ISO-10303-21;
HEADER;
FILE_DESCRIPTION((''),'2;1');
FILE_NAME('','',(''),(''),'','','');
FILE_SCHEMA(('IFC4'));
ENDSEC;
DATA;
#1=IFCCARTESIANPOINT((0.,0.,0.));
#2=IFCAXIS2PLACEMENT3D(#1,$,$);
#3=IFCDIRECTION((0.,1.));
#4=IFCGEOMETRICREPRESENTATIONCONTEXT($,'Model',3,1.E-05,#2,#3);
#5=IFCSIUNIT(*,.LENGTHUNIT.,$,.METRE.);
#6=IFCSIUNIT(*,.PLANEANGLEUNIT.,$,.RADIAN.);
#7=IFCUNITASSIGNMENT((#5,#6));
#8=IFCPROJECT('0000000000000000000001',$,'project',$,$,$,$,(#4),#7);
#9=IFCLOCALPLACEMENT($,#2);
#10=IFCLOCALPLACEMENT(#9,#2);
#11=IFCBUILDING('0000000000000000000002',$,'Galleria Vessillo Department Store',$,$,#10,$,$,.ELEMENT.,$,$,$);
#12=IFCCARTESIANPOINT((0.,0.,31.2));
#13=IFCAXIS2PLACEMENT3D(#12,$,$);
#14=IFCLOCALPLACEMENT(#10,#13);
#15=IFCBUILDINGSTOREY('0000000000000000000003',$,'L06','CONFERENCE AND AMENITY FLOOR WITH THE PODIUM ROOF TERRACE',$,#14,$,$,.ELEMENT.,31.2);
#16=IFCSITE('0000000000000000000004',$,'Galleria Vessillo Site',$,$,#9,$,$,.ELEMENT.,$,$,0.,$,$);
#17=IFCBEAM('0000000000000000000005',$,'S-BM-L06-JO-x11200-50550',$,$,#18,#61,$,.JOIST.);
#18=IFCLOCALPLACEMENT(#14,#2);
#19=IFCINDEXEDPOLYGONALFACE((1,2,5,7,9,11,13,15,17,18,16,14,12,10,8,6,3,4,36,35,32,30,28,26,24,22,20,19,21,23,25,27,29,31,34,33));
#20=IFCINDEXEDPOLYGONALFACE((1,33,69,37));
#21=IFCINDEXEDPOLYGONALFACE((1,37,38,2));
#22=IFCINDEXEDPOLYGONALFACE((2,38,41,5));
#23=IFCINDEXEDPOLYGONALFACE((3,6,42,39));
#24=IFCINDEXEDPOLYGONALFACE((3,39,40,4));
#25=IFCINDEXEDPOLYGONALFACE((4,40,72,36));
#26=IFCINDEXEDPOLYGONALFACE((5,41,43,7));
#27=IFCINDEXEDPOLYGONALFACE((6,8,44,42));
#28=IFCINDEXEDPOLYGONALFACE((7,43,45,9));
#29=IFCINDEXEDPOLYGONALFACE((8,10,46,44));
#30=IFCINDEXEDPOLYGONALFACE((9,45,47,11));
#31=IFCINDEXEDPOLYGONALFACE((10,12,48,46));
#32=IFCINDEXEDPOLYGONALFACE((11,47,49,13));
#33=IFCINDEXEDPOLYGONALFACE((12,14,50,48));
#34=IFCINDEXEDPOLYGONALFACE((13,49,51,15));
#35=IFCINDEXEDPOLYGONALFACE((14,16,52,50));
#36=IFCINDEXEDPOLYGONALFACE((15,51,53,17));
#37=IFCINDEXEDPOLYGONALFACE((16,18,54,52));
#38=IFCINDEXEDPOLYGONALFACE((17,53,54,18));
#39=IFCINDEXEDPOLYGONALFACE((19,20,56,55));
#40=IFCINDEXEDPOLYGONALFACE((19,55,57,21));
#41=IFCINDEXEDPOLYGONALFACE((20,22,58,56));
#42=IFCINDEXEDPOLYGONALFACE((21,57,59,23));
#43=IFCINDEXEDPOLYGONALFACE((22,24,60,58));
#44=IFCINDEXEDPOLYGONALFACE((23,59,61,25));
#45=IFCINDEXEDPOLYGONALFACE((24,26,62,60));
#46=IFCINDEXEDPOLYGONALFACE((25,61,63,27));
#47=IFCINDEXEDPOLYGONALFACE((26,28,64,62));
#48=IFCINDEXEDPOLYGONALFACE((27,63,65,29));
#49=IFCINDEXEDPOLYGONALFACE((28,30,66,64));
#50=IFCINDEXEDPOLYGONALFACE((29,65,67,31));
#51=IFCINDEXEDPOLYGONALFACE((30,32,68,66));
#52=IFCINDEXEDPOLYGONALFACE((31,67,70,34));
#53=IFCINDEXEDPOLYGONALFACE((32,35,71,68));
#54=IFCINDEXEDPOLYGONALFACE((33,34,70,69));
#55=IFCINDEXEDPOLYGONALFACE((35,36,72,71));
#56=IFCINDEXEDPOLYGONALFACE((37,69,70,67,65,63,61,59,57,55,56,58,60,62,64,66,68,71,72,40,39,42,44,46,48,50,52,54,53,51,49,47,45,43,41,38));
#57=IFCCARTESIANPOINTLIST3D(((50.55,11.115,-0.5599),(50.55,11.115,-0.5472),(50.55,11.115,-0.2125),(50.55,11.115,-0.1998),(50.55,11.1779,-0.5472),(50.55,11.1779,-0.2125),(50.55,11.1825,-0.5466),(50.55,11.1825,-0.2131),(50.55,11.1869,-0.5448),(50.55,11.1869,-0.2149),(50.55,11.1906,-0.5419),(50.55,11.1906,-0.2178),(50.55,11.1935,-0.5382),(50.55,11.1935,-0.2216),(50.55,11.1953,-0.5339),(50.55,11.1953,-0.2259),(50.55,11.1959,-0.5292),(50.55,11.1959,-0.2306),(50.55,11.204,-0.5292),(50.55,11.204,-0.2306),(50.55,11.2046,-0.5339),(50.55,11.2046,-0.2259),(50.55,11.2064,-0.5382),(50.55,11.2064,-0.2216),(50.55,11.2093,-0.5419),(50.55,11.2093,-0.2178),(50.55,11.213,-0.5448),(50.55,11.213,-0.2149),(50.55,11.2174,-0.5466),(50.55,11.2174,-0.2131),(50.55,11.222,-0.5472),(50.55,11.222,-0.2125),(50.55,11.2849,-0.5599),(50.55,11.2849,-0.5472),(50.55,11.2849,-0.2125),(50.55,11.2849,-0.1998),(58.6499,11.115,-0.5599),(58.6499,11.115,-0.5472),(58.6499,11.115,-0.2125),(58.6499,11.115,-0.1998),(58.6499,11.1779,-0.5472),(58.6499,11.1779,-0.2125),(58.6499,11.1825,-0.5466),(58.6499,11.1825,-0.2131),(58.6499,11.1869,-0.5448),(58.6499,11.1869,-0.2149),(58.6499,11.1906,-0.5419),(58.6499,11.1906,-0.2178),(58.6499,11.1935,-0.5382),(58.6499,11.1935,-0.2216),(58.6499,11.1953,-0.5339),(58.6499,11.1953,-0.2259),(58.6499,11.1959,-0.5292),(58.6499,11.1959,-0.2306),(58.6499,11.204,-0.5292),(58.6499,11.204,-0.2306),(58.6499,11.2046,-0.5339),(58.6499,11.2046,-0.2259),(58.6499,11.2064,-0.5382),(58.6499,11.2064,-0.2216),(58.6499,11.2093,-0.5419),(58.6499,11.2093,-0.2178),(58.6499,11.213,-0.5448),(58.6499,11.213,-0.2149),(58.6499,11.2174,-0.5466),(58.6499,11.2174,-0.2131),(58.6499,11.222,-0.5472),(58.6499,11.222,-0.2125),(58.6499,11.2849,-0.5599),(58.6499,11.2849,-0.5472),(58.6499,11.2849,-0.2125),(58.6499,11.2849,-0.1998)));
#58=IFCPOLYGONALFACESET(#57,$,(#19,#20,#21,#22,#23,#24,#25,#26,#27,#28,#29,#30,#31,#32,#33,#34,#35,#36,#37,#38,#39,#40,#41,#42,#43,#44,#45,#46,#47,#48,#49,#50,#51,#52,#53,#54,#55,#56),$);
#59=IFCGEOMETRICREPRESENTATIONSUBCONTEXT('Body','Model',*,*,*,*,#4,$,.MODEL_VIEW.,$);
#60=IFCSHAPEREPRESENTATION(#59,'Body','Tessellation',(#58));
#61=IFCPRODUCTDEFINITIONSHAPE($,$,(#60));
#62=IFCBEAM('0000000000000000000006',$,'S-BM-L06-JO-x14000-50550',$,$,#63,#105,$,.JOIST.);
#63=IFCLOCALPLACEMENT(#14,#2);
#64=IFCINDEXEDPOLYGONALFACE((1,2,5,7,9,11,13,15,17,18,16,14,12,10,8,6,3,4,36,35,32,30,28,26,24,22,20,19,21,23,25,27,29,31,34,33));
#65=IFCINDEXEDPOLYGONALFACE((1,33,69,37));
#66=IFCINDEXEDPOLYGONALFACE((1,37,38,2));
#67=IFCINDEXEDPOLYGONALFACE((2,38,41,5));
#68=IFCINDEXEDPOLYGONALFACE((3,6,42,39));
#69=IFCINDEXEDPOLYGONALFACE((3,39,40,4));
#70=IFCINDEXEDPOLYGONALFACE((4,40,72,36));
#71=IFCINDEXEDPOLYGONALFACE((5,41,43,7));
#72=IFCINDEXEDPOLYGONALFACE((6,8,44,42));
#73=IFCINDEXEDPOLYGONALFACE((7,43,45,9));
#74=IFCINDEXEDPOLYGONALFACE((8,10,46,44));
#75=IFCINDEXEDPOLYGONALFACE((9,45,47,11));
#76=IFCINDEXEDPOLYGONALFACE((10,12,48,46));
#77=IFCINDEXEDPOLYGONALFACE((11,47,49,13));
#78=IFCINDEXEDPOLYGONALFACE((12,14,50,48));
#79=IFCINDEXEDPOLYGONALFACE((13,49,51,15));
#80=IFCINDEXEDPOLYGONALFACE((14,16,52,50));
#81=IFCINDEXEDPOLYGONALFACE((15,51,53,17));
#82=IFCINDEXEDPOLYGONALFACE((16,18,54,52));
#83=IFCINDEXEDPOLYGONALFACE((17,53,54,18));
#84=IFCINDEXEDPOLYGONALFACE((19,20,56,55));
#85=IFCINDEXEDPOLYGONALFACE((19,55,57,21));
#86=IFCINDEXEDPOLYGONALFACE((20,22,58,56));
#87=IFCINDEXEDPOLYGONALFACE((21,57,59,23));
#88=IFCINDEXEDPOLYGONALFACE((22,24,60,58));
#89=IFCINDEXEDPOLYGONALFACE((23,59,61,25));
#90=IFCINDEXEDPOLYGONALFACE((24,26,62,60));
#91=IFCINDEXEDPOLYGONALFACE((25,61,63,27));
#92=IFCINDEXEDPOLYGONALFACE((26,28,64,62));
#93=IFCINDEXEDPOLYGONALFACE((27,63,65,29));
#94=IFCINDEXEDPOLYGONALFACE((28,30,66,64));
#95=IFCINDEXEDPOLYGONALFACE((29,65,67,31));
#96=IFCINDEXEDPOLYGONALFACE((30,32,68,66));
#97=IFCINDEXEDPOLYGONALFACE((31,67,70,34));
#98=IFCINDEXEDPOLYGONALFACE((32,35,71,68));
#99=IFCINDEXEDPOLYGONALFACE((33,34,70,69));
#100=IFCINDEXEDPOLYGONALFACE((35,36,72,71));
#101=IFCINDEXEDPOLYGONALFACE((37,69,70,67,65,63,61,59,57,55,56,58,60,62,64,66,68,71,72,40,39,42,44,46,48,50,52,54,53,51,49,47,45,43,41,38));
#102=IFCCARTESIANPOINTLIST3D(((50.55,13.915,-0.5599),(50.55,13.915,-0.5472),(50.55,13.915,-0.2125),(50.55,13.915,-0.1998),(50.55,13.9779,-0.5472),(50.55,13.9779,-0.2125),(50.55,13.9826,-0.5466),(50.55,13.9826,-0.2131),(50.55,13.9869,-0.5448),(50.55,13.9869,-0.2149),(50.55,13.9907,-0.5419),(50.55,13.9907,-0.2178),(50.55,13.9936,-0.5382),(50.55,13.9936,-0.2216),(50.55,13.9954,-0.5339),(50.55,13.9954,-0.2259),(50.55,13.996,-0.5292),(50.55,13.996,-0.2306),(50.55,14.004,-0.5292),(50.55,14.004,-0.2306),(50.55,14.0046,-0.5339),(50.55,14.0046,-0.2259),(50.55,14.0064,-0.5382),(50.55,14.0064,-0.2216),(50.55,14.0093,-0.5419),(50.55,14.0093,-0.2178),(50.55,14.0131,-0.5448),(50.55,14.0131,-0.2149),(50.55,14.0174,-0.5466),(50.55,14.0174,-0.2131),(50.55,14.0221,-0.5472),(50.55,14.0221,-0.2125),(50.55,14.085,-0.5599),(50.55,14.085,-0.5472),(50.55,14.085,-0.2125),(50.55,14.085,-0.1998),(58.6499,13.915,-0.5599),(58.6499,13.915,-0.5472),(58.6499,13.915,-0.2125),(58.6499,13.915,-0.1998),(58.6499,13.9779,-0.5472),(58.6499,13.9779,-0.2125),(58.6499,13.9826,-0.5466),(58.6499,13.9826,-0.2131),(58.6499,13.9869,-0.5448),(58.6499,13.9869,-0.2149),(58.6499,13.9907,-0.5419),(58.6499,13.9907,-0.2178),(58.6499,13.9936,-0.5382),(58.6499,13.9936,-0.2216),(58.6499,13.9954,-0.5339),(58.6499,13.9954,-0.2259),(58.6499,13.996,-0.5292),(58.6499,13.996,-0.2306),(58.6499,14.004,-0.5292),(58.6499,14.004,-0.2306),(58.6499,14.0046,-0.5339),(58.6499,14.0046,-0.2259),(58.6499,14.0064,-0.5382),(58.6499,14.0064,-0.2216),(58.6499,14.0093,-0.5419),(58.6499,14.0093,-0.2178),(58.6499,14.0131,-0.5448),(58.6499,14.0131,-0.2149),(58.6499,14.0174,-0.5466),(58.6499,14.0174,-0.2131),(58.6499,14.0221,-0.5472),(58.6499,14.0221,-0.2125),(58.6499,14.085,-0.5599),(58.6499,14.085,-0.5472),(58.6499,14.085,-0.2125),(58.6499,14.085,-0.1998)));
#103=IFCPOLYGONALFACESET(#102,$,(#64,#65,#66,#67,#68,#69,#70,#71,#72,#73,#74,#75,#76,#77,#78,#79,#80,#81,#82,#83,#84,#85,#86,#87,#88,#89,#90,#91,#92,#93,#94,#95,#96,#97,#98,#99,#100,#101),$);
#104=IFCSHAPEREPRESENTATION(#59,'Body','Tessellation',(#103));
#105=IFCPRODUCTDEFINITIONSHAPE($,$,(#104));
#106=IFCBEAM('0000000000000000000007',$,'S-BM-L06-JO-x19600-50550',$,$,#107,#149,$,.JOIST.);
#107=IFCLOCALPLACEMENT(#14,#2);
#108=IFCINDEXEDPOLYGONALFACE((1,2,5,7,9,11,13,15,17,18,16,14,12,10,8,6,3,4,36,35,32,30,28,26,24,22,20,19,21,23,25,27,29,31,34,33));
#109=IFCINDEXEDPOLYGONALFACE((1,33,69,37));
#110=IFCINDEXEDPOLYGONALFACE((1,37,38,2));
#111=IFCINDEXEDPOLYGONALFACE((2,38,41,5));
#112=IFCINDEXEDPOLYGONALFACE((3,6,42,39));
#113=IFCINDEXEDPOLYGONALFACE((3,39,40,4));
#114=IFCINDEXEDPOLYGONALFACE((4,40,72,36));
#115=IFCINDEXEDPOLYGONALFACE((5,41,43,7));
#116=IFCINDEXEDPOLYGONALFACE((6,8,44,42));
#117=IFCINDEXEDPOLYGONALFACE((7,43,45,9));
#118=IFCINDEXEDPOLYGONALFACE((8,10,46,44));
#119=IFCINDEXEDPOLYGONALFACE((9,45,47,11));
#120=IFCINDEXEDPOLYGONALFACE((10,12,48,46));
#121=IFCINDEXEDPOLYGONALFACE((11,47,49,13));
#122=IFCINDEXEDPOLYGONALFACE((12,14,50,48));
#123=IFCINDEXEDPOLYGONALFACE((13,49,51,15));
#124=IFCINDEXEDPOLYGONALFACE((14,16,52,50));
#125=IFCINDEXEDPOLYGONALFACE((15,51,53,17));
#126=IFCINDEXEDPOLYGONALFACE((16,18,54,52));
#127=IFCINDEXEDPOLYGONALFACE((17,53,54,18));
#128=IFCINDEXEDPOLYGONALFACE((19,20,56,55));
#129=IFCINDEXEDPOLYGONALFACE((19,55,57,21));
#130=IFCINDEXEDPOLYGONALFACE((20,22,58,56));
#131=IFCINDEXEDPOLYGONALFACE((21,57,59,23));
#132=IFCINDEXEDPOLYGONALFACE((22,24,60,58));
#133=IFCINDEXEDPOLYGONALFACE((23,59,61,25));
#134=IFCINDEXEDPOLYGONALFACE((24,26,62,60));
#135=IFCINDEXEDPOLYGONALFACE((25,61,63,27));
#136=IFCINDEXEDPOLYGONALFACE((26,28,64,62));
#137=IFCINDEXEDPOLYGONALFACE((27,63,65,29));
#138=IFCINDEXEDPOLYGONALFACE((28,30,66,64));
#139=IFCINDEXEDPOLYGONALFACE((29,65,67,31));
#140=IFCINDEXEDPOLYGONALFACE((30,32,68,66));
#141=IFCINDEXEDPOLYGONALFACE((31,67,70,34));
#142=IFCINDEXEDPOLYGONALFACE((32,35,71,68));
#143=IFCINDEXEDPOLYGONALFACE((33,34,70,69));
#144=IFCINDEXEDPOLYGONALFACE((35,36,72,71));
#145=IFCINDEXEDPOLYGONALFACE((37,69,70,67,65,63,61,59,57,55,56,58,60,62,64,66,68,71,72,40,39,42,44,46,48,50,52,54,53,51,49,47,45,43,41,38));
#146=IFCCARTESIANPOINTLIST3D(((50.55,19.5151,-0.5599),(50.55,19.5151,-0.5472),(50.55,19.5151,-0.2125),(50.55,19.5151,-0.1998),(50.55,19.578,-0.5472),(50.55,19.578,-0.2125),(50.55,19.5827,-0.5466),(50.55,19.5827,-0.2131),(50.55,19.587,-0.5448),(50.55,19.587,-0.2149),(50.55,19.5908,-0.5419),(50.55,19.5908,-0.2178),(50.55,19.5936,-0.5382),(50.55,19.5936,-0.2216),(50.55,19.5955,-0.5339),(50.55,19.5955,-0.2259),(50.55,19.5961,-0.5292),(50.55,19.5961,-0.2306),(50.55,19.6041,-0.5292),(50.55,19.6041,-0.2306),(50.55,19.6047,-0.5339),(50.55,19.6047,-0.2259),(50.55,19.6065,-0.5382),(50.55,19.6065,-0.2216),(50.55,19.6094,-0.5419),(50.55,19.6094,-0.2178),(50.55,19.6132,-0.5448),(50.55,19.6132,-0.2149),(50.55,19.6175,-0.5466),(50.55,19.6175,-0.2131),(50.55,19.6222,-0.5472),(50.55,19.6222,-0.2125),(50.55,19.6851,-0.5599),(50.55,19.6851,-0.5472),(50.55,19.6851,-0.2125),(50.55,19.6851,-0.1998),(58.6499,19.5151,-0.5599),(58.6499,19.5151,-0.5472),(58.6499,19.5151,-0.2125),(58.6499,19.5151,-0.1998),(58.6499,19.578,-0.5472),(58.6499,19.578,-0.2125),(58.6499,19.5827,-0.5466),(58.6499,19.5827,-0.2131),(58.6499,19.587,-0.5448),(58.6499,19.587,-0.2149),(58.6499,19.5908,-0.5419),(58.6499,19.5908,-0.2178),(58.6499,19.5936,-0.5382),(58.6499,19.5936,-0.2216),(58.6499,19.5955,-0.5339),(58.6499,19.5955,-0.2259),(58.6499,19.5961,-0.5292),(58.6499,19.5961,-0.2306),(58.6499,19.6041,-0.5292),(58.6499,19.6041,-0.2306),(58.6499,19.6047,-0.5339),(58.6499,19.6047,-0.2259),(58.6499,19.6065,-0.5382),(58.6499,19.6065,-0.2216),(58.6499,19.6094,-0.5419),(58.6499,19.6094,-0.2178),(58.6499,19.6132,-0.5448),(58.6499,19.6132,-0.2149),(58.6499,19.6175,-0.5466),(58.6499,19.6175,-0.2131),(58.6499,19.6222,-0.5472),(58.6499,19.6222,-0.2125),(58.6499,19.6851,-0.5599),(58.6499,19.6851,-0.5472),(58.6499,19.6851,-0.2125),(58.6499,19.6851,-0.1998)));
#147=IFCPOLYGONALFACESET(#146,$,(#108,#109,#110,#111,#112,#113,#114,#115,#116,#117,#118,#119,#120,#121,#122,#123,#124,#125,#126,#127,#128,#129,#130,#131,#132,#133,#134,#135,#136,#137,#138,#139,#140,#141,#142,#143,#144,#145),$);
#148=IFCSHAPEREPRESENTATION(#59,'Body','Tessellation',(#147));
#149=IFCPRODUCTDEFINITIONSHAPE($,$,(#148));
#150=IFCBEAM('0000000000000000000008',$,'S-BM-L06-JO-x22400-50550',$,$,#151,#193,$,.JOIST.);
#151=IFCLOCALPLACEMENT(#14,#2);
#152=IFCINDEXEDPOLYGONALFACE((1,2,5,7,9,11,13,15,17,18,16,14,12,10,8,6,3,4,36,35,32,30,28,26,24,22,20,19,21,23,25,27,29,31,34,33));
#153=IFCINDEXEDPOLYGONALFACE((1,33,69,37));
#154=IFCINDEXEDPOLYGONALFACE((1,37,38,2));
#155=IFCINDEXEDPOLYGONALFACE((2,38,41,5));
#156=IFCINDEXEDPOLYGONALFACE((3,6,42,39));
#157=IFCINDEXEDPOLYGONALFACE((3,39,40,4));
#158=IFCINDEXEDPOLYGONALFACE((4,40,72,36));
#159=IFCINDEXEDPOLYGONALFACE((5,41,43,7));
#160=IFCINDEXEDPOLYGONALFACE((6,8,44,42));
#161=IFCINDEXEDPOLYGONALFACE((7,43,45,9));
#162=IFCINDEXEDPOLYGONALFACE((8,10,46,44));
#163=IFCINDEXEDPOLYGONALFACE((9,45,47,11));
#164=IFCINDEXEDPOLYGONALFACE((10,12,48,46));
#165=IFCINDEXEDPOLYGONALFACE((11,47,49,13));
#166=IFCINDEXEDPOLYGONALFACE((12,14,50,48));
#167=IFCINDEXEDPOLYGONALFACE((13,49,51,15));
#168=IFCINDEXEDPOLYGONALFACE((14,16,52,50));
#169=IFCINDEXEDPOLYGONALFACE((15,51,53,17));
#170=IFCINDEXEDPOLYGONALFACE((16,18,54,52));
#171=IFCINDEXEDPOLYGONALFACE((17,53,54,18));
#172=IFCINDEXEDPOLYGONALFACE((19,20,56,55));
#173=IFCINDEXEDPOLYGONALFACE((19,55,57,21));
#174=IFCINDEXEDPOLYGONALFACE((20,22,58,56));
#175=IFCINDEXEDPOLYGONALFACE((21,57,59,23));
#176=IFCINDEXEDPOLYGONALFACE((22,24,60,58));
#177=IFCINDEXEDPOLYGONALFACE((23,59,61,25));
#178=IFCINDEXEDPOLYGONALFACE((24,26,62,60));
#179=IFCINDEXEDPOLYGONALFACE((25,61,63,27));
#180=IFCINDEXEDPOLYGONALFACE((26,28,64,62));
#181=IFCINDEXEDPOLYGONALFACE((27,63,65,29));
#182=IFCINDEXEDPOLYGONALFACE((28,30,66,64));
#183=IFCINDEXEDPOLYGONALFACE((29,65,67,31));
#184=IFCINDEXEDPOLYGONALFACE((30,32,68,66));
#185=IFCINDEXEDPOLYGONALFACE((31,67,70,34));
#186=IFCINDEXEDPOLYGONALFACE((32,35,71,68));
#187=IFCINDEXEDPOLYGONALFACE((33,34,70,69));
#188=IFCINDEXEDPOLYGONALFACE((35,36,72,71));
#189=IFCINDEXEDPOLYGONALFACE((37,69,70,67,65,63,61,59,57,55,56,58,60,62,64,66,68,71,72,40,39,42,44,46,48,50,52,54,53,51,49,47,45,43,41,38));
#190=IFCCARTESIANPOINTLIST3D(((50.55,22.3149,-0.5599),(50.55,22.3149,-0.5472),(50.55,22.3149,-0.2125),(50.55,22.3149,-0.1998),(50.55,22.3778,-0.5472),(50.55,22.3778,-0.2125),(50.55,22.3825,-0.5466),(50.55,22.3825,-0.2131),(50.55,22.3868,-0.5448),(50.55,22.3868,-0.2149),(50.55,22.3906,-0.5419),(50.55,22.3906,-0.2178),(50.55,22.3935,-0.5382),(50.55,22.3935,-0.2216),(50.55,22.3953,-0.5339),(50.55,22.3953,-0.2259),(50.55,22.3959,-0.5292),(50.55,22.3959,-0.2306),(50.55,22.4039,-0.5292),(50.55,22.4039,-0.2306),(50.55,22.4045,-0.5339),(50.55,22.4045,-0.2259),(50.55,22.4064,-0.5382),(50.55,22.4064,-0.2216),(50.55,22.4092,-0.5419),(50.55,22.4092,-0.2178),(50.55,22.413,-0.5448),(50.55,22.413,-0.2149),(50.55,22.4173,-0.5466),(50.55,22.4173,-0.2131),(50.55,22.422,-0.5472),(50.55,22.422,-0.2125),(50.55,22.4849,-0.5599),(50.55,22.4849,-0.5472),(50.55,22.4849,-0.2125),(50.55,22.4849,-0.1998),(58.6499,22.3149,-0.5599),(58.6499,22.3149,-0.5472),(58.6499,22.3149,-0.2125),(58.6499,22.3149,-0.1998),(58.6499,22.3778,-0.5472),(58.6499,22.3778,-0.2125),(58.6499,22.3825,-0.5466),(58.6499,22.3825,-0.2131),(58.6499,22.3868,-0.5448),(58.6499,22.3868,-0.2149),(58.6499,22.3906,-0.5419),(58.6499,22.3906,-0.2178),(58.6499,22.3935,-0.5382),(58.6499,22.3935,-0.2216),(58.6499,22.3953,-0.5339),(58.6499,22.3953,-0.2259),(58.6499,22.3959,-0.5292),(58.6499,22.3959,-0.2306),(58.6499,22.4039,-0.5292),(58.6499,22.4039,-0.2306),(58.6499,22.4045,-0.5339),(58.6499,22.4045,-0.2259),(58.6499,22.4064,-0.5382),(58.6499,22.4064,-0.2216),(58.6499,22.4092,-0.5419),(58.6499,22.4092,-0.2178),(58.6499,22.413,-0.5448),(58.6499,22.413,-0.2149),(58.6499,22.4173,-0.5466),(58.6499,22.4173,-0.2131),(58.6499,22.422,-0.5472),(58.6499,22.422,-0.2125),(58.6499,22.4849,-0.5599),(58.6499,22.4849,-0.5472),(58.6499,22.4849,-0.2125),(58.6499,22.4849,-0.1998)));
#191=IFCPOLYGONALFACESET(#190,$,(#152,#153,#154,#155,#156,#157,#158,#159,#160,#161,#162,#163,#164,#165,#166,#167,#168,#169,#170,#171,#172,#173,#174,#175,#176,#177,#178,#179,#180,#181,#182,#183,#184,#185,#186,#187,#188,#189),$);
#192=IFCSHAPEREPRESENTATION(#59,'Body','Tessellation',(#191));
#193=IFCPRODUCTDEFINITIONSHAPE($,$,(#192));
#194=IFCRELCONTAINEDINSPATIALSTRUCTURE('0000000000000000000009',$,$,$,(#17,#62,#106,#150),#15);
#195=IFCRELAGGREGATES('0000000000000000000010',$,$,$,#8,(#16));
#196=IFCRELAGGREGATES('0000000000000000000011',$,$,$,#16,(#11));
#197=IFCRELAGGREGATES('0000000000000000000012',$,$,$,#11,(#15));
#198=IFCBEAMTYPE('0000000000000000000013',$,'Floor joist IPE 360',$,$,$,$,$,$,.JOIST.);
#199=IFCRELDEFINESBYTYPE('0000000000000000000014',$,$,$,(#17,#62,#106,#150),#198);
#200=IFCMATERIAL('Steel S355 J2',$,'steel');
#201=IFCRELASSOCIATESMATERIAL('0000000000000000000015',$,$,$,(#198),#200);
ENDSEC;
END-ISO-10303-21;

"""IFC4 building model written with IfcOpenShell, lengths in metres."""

from ifc_helpers import new_model, si_unit, direction, frame, origin, origin_2d, place, context, subcontext, project, spatial, i_section, extrude, material, material_profile, profile_set, type_object, element, save


model = new_model("IFC4")

# Units and contexts
model_context = context("Model", 3, precision=1e-05, world=origin(), true_north=direction((0.0, 1.0)))
body_context = subcontext(model_context, "Body", "Model", "MODEL_VIEW")
ifc_project = project(units=[si_unit("LENGTHUNIT", "METRE"), si_unit("PLANEANGLEUNIT", "RADIAN")], contexts=[model_context])

# Site, building, storey
site_placement = place(None, origin())
site = spatial("IfcSite", under=ifc_project, at=site_placement, Name="Galleria Vessillo Site", CompositionType="ELEMENT", RefElevation=0.0)
building_placement = place(site_placement, origin())
building = spatial("IfcBuilding", under=site, at=building_placement, Name="Galleria Vessillo Department Store", CompositionType="ELEMENT")
storey_placement = place(building_placement, frame((0.0, 0.0, 31.2)))
storey = spatial("IfcBuildingStorey", under=building, at=storey_placement, Name="L06", Description="CONFERENCE AND AMENITY FLOOR WITH THE PODIUM ROOF TERRACE", CompositionType="ELEMENT", Elevation=31.2)

# Beams
ifc_material_1 = material(Name="Steel S355 J2", Category="steel")
ifc_material_profile_1 = material_profile(ifc_material_1, i_section(OverallWidth=0.1699, OverallDepth=0.3601, WebThickness=0.0081, FlangeThickness=0.0127, FilletRadius=0.0181, at=origin_2d()), Name="IPE 360")
ifc_profile_set_1 = profile_set([ifc_material_profile_1], Name="Steel S355 J2")
beam_type_1 = type_object("IfcBeamType", Name="Floor joist IPE 360", PredefinedType="JOIST", material=ifc_profile_set_1)
for number, where, z_axis, x_axis, name in (
    (1, (50.55, 11.2, -0.3799), (1.0, 0.0, 0.0), (0.0, 1.0, 0.0), "S-BM-L06-JO-x11200-50550"),
    (2, (50.55, 14.0, -0.3799), (1.0, 0.0, 0.0), (0.0, 1.0, 0.0), "S-BM-L06-JO-x14000-50550"),
    (3, (50.55, 19.6001, -0.3799), (1.0, 0.0, 0.0), (0.0, 1.0, 0.0), "S-BM-L06-JO-x19600-50550"),
    (4, (50.55, 22.3999, -0.3799), (1.0, 0.0, 0.0), (0.0, 1.0, 0.0), "S-BM-L06-JO-x22400-50550"),
):
    element("IfcBeam", number, at=place(storey_placement, frame(where, z_axis=z_axis, x_axis=x_axis)), inside=storey, type_object=beam_type_1, Name=name, PredefinedType="JOIST", context=body_context, shape_type="SweptSolid", body=[
        extrude(i_section(OverallWidth=0.1699, OverallDepth=0.3601, WebThickness=0.0081, FlangeThickness=0.0127, FilletRadius=0.0181, at=origin_2d()), origin(), (0.0, 0.0, 1.0), 8.0999),
    ])

save(model, "model.ifc")
